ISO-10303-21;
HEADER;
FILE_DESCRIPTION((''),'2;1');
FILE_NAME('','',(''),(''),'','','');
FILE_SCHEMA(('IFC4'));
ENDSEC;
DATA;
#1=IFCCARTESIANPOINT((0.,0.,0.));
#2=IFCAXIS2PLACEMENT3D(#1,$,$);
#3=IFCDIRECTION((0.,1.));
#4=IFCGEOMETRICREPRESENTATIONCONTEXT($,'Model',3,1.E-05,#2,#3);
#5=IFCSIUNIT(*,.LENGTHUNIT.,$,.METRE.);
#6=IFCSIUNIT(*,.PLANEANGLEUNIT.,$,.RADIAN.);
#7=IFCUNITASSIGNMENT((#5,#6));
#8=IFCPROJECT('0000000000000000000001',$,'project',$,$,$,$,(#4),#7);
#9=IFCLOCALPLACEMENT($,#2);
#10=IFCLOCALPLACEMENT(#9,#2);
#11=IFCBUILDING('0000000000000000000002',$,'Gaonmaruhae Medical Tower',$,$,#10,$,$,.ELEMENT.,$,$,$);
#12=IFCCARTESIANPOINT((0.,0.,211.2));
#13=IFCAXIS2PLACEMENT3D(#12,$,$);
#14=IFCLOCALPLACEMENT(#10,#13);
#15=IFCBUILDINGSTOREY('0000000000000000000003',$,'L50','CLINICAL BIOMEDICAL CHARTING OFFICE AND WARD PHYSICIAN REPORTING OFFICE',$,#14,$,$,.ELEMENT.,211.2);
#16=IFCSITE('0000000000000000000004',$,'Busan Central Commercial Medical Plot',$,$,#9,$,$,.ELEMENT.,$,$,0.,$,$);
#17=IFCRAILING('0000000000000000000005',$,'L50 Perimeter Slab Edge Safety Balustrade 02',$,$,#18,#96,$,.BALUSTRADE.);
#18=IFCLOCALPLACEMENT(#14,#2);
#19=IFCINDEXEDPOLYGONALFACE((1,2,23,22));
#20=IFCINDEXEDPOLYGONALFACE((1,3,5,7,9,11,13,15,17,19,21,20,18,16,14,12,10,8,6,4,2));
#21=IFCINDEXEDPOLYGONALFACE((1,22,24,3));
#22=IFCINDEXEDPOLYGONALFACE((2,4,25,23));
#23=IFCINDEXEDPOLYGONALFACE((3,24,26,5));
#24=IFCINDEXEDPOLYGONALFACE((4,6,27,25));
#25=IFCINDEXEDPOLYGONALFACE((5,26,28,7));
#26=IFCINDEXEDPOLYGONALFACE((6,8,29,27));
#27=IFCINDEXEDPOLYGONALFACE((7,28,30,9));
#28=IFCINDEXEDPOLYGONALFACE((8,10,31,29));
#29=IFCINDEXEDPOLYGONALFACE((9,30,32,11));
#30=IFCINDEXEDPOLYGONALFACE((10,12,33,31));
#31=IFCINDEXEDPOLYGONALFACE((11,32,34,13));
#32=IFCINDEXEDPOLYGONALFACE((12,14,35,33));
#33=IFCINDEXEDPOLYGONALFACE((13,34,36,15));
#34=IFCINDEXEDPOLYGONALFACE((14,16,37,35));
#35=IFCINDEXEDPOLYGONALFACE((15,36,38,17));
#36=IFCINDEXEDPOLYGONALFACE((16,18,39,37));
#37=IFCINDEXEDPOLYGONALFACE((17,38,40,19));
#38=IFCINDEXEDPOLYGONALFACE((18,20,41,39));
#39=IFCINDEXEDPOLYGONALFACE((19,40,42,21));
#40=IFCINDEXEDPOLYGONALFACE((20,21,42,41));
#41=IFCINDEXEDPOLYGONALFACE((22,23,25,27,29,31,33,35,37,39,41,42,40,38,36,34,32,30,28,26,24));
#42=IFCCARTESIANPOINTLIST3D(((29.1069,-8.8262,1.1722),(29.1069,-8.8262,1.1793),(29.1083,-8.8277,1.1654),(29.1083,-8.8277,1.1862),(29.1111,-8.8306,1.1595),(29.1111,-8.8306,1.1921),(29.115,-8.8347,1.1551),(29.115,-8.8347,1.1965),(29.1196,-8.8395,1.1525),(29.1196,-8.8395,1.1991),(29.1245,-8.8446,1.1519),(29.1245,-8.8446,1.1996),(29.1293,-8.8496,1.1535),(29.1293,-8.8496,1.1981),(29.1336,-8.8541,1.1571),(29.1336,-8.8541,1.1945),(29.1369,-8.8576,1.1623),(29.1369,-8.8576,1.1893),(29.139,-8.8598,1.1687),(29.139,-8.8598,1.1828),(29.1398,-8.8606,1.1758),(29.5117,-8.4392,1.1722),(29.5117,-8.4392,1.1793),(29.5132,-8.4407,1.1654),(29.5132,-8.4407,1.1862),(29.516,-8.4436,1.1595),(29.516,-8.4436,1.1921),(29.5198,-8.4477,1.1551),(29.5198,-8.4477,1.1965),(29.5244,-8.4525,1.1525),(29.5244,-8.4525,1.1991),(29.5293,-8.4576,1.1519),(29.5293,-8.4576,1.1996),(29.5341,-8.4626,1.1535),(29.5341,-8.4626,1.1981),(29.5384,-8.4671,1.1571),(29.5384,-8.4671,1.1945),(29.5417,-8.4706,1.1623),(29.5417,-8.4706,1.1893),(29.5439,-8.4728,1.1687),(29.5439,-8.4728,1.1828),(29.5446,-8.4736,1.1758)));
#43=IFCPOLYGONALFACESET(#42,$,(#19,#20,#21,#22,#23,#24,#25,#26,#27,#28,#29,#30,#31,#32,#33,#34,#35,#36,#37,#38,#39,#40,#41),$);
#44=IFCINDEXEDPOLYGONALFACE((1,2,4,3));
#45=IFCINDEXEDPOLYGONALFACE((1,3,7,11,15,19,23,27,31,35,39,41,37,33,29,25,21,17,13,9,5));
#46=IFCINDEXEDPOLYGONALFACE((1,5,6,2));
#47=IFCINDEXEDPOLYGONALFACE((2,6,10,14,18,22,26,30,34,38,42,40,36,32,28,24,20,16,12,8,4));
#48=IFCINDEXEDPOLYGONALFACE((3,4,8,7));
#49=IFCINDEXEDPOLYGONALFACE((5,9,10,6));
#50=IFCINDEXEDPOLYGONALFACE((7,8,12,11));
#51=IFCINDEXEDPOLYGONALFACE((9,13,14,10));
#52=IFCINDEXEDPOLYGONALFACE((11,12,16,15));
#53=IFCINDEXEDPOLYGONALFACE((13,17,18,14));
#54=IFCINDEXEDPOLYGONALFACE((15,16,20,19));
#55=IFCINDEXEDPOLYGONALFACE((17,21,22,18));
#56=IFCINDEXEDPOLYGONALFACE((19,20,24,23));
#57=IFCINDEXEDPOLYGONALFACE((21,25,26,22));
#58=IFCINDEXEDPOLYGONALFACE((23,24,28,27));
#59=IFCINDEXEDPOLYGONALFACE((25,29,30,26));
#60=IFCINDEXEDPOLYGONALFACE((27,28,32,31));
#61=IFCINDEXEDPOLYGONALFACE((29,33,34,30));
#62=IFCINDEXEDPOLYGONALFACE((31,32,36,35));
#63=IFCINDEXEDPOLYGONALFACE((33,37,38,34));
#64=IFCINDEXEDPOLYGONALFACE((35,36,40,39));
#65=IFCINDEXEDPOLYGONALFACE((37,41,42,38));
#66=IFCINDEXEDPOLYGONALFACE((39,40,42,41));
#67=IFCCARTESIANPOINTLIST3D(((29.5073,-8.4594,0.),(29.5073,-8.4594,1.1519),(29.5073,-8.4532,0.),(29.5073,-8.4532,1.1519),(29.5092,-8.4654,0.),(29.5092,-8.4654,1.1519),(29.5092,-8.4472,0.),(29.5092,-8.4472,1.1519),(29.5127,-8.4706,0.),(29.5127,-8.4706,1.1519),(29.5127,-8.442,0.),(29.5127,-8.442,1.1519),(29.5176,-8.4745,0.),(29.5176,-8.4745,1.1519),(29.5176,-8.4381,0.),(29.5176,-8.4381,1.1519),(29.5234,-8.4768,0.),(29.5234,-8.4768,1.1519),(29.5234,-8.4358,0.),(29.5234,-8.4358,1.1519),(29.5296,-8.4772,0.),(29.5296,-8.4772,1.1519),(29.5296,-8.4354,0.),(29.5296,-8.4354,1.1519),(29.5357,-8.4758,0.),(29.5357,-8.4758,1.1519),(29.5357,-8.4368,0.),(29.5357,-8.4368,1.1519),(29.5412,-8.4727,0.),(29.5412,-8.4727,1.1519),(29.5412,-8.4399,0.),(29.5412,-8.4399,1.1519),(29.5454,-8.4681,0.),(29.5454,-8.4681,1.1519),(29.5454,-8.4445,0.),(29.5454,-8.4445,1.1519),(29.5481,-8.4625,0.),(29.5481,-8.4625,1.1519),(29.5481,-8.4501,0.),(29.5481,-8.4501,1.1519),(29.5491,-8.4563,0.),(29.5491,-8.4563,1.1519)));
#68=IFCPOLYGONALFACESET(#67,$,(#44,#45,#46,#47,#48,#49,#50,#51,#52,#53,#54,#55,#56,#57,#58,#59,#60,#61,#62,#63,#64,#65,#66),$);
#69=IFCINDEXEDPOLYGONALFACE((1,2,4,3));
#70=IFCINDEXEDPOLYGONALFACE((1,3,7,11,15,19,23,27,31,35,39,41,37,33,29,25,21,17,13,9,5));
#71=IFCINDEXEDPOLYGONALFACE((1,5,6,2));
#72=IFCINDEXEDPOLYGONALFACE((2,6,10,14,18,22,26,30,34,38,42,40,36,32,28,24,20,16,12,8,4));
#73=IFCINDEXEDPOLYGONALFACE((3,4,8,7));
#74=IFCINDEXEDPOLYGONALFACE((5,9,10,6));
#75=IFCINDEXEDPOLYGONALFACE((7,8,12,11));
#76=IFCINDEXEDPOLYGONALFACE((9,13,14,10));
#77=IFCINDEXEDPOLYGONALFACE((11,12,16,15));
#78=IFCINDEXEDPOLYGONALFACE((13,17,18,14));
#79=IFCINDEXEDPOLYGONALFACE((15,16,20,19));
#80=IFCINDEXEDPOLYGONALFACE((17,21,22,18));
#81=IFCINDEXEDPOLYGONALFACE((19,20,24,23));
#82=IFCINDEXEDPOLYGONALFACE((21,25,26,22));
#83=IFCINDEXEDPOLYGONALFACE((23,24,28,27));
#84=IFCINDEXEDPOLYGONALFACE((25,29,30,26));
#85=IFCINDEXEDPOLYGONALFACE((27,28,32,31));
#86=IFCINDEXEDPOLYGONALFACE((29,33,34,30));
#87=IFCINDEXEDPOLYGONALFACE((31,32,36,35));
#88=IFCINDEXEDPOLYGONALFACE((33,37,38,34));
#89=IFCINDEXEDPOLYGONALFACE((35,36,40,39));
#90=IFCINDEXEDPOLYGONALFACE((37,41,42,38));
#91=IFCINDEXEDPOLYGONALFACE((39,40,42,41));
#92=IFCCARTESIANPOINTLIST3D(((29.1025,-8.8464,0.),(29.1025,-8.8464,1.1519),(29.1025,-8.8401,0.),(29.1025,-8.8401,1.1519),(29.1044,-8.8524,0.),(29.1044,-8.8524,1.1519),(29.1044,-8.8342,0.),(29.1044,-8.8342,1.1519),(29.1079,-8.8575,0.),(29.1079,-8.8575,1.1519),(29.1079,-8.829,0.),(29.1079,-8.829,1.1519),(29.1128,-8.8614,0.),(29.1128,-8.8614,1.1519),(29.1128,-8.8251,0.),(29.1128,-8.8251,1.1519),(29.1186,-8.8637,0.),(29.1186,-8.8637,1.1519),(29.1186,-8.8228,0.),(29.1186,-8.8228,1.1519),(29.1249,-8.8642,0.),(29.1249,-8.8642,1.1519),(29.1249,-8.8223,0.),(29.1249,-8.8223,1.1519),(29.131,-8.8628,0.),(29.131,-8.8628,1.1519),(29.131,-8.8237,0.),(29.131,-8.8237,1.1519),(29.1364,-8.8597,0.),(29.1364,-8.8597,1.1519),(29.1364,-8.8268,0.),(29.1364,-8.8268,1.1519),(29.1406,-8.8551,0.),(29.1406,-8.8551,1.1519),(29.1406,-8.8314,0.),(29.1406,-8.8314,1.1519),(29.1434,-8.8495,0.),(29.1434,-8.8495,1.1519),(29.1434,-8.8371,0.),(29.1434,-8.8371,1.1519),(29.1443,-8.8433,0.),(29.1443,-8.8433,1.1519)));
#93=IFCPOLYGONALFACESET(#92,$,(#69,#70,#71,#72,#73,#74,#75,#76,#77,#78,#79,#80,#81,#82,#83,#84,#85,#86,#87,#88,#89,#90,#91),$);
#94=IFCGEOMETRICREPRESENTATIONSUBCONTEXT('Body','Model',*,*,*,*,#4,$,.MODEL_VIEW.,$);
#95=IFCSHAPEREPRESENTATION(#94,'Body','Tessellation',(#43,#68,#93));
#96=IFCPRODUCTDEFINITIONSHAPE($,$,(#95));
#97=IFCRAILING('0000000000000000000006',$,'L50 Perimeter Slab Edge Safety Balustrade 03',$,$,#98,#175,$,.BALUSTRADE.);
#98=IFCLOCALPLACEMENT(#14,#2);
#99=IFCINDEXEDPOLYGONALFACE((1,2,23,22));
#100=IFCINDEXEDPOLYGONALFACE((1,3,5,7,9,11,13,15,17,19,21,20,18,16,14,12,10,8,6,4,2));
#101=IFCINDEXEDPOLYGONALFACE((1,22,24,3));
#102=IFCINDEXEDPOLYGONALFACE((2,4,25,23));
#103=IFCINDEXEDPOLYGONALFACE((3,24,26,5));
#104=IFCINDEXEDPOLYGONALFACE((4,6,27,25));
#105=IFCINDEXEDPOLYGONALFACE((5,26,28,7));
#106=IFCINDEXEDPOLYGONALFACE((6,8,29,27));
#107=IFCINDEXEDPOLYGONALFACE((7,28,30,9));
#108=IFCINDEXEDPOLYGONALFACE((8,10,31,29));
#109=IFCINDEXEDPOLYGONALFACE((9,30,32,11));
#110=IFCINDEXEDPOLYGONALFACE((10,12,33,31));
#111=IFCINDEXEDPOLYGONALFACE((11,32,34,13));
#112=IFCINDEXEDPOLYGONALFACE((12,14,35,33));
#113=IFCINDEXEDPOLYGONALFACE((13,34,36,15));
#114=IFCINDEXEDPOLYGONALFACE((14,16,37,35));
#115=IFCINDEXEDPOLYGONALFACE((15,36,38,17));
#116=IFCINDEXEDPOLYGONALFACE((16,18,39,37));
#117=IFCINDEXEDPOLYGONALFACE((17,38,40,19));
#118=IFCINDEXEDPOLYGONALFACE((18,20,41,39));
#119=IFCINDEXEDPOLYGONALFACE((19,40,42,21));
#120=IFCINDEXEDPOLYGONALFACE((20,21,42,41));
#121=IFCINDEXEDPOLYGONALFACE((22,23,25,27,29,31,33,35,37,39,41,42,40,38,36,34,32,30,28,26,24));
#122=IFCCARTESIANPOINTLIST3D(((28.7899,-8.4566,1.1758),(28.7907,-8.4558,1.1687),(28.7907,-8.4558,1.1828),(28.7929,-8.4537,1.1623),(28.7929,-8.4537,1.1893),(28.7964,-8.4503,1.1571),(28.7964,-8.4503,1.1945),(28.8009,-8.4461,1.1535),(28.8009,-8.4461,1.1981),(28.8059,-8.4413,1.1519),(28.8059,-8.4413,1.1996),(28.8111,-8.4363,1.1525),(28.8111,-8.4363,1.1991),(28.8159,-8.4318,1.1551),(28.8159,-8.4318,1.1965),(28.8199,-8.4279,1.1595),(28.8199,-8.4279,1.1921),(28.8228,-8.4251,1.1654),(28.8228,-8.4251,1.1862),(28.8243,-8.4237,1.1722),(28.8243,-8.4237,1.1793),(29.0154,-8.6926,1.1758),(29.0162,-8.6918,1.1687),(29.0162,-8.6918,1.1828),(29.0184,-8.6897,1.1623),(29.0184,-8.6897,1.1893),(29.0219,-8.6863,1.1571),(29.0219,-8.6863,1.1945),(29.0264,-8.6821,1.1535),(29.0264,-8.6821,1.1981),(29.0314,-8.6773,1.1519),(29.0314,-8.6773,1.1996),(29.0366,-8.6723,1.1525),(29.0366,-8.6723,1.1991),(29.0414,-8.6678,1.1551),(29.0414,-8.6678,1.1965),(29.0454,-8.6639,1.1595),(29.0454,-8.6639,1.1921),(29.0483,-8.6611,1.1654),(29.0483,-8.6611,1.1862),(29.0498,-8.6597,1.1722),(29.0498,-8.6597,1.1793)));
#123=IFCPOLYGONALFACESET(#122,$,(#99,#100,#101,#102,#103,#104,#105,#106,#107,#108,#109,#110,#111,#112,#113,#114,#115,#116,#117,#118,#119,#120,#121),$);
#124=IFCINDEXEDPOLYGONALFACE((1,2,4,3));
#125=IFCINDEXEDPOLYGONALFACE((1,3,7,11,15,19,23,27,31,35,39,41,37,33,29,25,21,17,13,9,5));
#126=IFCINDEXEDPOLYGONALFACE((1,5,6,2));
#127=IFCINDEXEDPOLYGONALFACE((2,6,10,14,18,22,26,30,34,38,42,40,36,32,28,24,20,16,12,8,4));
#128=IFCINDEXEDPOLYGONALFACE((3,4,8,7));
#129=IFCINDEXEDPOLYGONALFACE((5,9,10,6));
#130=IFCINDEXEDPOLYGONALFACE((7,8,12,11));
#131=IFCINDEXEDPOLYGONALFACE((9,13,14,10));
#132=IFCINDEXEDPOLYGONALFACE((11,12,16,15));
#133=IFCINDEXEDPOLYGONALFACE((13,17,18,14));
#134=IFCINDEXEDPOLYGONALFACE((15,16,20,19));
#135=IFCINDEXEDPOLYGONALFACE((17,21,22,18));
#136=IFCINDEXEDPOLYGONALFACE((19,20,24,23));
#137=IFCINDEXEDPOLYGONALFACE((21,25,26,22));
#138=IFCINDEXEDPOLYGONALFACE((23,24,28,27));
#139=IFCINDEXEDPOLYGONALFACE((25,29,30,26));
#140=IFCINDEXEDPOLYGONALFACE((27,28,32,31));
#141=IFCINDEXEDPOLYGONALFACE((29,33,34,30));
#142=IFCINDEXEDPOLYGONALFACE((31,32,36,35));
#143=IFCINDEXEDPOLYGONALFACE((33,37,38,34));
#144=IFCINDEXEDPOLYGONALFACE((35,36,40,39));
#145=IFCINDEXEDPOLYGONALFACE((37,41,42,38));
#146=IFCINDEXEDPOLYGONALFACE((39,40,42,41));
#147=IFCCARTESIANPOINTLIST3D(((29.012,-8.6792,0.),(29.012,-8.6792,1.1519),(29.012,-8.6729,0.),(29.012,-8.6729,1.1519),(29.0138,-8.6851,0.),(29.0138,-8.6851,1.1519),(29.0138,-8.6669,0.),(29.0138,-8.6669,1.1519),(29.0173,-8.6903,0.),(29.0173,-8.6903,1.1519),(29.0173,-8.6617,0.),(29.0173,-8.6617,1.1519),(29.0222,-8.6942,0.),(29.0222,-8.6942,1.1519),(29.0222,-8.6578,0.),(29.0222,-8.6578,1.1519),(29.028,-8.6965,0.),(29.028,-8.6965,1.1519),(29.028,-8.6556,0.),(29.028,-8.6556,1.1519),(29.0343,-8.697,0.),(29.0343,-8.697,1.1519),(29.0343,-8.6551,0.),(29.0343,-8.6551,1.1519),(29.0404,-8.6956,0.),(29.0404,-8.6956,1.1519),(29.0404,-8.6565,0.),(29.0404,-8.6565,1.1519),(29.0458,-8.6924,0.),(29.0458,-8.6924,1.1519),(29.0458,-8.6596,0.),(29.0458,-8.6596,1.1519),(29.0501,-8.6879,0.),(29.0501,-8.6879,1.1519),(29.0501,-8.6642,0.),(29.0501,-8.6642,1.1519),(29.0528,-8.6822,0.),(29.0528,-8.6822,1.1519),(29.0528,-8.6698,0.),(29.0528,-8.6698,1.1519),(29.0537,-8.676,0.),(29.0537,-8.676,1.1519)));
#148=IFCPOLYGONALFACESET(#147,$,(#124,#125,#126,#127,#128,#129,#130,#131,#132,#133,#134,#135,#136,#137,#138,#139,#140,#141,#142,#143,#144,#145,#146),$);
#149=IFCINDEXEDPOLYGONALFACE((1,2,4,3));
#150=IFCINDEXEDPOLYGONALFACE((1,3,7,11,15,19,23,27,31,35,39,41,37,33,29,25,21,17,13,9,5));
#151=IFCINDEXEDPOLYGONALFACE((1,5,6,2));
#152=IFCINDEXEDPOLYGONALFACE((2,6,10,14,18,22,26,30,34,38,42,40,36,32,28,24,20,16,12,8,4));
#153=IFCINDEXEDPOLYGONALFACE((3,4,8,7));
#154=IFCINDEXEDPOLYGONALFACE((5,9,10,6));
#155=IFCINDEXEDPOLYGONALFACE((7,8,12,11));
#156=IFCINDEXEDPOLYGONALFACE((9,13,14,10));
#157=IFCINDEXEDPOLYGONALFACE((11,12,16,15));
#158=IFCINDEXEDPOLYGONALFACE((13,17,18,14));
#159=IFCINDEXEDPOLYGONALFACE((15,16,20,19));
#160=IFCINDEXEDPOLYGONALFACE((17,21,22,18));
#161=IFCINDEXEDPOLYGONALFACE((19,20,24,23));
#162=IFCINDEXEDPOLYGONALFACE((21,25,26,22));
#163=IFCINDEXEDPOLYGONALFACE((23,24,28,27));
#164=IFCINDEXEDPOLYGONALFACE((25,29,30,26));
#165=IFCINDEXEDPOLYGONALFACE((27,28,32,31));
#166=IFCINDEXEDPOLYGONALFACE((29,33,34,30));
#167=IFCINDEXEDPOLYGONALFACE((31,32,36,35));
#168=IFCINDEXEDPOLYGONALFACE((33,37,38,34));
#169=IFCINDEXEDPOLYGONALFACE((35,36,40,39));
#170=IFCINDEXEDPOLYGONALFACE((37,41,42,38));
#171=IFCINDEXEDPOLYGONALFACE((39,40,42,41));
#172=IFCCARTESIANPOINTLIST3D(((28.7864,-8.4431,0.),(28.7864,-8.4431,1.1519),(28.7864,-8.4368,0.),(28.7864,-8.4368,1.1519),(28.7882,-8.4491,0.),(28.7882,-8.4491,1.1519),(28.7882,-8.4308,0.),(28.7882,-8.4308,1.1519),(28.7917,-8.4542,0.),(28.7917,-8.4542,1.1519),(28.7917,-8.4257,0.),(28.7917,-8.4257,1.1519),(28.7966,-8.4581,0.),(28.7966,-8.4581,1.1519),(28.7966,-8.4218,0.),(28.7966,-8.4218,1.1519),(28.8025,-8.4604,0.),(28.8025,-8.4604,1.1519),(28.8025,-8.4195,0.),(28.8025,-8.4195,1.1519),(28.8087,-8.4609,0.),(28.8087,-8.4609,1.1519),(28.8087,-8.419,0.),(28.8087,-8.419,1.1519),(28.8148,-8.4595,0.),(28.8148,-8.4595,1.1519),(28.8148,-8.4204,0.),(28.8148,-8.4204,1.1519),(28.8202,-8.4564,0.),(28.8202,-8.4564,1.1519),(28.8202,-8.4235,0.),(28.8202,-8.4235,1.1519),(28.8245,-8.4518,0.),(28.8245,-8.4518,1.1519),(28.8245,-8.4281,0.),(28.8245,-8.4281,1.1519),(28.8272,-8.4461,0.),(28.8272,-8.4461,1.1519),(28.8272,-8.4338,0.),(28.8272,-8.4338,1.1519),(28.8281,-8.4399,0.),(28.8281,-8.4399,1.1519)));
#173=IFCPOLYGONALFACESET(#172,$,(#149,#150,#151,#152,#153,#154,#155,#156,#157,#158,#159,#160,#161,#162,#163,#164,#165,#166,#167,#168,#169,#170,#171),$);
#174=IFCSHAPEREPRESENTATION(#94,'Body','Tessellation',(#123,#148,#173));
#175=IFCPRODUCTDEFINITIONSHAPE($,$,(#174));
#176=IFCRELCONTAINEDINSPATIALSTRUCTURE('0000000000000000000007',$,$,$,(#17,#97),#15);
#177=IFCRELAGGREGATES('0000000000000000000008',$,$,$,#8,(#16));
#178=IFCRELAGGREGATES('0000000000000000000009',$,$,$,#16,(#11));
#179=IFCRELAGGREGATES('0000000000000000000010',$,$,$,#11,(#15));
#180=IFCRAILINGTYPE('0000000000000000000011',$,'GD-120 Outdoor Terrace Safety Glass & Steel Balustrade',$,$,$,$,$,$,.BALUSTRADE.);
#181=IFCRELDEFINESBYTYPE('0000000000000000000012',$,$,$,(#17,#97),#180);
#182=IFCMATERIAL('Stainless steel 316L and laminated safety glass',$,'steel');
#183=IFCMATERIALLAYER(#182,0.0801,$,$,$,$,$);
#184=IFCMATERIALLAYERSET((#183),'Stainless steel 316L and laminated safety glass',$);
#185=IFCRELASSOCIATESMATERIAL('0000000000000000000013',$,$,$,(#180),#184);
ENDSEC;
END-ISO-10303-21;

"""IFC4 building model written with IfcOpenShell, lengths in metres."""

from ifc_helpers import new_model, si_unit, direction, frame, origin, origin_2d, place, context, subcontext, project, spatial, circle, extrude, material, layer, layer_set, type_object, element, save


model = new_model("IFC4")

# Units and contexts
model_context = context("Model", 3, precision=1e-05, world=origin(), true_north=direction((0.0, 1.0)))
body_context = subcontext(model_context, "Body", "Model", "MODEL_VIEW")
ifc_project = project(units=[si_unit("LENGTHUNIT", "METRE"), si_unit("PLANEANGLEUNIT", "RADIAN")], contexts=[model_context])

# Site, building, storey
site_placement = place(None, origin())
site = spatial("IfcSite", under=ifc_project, at=site_placement, Name="Busan Central Commercial Medical Plot", CompositionType="ELEMENT", RefElevation=0.0)
building_placement = place(site_placement, origin())
building = spatial("IfcBuilding", under=site, at=building_placement, Name="Gaonmaruhae Medical Tower", CompositionType="ELEMENT")
storey_placement = place(building_placement, frame((0.0, 0.0, 211.2)))
storey = spatial("IfcBuildingStorey", under=building, at=storey_placement, Name="L50", Description="CLINICAL BIOMEDICAL CHARTING OFFICE AND WARD PHYSICIAN REPORTING OFFICE", CompositionType="ELEMENT", Elevation=211.2)

# Railings
ifc_material_1 = material(Name="Stainless steel 316L and laminated safety glass", Category="steel")
ifc_layer_1 = layer(ifc_material_1, 0.0801)
ifc_layer_set_1 = layer_set([ifc_layer_1], Name="Stainless steel 316L and laminated safety glass")
railing_type = type_object("IfcRailingType", Name="GD-120 Outdoor Terrace Safety Glass & Steel Balustrade", PredefinedType="BALUSTRADE", material=ifc_layer_set_1)
railing_1_placement = place(storey_placement, frame((29.5281, -8.4563, 0.0)))
element("IfcRailing", 1, at=railing_1_placement, inside=storey, type_object=railing_type, Name="L50 Perimeter Slab Edge Safety Balustrade 02", PredefinedType="BALUSTRADE", context=body_context, shape_type="SweptSolid", body=[
    extrude(circle(Radius=0.0239, at=origin_2d()), frame((0.0, 0.0, 1.1758), z_axis=(-0.722841, -0.691015, 0.0), x_axis=(0.691015, -0.722841, 0.0)), (0.0, 0.0, 1.0), 0.5601),
    extrude(circle(Radius=0.021, at=origin_2d()), origin(), (0.0, 0.0, 1.0), 1.1519),
    extrude(circle(Radius=0.021, at=origin_2d()), frame((-0.4048, -0.387, 0.0)), (0.0, 0.0, 1.0), 1.1519),
])
railing_2_placement = place(storey_placement, frame((29.0327, -8.676, 0.0)))
element("IfcRailing", 2, at=railing_2_placement, inside=storey, type_object=railing_type, Name="L50 Perimeter Slab Edge Safety Balustrade 03", PredefinedType="BALUSTRADE", context=body_context, shape_type="SweptSolid", body=[
    extrude(circle(Radius=0.0239, at=origin_2d()), frame((0.0, 0.0, 1.1758), z_axis=(-0.690849, 0.722999, 0.0), x_axis=(-0.722999, -0.690849, 0.0)), (0.0, 0.0, 1.0), 0.3264),
    extrude(circle(Radius=0.021, at=origin_2d()), origin(), (0.0, 0.0, 1.0), 1.1519),
    extrude(circle(Radius=0.021, at=origin_2d()), frame((-0.2256, 0.2361, 0.0)), (0.0, 0.0, 1.0), 1.1519),
])

save(model, "model.ifc")
